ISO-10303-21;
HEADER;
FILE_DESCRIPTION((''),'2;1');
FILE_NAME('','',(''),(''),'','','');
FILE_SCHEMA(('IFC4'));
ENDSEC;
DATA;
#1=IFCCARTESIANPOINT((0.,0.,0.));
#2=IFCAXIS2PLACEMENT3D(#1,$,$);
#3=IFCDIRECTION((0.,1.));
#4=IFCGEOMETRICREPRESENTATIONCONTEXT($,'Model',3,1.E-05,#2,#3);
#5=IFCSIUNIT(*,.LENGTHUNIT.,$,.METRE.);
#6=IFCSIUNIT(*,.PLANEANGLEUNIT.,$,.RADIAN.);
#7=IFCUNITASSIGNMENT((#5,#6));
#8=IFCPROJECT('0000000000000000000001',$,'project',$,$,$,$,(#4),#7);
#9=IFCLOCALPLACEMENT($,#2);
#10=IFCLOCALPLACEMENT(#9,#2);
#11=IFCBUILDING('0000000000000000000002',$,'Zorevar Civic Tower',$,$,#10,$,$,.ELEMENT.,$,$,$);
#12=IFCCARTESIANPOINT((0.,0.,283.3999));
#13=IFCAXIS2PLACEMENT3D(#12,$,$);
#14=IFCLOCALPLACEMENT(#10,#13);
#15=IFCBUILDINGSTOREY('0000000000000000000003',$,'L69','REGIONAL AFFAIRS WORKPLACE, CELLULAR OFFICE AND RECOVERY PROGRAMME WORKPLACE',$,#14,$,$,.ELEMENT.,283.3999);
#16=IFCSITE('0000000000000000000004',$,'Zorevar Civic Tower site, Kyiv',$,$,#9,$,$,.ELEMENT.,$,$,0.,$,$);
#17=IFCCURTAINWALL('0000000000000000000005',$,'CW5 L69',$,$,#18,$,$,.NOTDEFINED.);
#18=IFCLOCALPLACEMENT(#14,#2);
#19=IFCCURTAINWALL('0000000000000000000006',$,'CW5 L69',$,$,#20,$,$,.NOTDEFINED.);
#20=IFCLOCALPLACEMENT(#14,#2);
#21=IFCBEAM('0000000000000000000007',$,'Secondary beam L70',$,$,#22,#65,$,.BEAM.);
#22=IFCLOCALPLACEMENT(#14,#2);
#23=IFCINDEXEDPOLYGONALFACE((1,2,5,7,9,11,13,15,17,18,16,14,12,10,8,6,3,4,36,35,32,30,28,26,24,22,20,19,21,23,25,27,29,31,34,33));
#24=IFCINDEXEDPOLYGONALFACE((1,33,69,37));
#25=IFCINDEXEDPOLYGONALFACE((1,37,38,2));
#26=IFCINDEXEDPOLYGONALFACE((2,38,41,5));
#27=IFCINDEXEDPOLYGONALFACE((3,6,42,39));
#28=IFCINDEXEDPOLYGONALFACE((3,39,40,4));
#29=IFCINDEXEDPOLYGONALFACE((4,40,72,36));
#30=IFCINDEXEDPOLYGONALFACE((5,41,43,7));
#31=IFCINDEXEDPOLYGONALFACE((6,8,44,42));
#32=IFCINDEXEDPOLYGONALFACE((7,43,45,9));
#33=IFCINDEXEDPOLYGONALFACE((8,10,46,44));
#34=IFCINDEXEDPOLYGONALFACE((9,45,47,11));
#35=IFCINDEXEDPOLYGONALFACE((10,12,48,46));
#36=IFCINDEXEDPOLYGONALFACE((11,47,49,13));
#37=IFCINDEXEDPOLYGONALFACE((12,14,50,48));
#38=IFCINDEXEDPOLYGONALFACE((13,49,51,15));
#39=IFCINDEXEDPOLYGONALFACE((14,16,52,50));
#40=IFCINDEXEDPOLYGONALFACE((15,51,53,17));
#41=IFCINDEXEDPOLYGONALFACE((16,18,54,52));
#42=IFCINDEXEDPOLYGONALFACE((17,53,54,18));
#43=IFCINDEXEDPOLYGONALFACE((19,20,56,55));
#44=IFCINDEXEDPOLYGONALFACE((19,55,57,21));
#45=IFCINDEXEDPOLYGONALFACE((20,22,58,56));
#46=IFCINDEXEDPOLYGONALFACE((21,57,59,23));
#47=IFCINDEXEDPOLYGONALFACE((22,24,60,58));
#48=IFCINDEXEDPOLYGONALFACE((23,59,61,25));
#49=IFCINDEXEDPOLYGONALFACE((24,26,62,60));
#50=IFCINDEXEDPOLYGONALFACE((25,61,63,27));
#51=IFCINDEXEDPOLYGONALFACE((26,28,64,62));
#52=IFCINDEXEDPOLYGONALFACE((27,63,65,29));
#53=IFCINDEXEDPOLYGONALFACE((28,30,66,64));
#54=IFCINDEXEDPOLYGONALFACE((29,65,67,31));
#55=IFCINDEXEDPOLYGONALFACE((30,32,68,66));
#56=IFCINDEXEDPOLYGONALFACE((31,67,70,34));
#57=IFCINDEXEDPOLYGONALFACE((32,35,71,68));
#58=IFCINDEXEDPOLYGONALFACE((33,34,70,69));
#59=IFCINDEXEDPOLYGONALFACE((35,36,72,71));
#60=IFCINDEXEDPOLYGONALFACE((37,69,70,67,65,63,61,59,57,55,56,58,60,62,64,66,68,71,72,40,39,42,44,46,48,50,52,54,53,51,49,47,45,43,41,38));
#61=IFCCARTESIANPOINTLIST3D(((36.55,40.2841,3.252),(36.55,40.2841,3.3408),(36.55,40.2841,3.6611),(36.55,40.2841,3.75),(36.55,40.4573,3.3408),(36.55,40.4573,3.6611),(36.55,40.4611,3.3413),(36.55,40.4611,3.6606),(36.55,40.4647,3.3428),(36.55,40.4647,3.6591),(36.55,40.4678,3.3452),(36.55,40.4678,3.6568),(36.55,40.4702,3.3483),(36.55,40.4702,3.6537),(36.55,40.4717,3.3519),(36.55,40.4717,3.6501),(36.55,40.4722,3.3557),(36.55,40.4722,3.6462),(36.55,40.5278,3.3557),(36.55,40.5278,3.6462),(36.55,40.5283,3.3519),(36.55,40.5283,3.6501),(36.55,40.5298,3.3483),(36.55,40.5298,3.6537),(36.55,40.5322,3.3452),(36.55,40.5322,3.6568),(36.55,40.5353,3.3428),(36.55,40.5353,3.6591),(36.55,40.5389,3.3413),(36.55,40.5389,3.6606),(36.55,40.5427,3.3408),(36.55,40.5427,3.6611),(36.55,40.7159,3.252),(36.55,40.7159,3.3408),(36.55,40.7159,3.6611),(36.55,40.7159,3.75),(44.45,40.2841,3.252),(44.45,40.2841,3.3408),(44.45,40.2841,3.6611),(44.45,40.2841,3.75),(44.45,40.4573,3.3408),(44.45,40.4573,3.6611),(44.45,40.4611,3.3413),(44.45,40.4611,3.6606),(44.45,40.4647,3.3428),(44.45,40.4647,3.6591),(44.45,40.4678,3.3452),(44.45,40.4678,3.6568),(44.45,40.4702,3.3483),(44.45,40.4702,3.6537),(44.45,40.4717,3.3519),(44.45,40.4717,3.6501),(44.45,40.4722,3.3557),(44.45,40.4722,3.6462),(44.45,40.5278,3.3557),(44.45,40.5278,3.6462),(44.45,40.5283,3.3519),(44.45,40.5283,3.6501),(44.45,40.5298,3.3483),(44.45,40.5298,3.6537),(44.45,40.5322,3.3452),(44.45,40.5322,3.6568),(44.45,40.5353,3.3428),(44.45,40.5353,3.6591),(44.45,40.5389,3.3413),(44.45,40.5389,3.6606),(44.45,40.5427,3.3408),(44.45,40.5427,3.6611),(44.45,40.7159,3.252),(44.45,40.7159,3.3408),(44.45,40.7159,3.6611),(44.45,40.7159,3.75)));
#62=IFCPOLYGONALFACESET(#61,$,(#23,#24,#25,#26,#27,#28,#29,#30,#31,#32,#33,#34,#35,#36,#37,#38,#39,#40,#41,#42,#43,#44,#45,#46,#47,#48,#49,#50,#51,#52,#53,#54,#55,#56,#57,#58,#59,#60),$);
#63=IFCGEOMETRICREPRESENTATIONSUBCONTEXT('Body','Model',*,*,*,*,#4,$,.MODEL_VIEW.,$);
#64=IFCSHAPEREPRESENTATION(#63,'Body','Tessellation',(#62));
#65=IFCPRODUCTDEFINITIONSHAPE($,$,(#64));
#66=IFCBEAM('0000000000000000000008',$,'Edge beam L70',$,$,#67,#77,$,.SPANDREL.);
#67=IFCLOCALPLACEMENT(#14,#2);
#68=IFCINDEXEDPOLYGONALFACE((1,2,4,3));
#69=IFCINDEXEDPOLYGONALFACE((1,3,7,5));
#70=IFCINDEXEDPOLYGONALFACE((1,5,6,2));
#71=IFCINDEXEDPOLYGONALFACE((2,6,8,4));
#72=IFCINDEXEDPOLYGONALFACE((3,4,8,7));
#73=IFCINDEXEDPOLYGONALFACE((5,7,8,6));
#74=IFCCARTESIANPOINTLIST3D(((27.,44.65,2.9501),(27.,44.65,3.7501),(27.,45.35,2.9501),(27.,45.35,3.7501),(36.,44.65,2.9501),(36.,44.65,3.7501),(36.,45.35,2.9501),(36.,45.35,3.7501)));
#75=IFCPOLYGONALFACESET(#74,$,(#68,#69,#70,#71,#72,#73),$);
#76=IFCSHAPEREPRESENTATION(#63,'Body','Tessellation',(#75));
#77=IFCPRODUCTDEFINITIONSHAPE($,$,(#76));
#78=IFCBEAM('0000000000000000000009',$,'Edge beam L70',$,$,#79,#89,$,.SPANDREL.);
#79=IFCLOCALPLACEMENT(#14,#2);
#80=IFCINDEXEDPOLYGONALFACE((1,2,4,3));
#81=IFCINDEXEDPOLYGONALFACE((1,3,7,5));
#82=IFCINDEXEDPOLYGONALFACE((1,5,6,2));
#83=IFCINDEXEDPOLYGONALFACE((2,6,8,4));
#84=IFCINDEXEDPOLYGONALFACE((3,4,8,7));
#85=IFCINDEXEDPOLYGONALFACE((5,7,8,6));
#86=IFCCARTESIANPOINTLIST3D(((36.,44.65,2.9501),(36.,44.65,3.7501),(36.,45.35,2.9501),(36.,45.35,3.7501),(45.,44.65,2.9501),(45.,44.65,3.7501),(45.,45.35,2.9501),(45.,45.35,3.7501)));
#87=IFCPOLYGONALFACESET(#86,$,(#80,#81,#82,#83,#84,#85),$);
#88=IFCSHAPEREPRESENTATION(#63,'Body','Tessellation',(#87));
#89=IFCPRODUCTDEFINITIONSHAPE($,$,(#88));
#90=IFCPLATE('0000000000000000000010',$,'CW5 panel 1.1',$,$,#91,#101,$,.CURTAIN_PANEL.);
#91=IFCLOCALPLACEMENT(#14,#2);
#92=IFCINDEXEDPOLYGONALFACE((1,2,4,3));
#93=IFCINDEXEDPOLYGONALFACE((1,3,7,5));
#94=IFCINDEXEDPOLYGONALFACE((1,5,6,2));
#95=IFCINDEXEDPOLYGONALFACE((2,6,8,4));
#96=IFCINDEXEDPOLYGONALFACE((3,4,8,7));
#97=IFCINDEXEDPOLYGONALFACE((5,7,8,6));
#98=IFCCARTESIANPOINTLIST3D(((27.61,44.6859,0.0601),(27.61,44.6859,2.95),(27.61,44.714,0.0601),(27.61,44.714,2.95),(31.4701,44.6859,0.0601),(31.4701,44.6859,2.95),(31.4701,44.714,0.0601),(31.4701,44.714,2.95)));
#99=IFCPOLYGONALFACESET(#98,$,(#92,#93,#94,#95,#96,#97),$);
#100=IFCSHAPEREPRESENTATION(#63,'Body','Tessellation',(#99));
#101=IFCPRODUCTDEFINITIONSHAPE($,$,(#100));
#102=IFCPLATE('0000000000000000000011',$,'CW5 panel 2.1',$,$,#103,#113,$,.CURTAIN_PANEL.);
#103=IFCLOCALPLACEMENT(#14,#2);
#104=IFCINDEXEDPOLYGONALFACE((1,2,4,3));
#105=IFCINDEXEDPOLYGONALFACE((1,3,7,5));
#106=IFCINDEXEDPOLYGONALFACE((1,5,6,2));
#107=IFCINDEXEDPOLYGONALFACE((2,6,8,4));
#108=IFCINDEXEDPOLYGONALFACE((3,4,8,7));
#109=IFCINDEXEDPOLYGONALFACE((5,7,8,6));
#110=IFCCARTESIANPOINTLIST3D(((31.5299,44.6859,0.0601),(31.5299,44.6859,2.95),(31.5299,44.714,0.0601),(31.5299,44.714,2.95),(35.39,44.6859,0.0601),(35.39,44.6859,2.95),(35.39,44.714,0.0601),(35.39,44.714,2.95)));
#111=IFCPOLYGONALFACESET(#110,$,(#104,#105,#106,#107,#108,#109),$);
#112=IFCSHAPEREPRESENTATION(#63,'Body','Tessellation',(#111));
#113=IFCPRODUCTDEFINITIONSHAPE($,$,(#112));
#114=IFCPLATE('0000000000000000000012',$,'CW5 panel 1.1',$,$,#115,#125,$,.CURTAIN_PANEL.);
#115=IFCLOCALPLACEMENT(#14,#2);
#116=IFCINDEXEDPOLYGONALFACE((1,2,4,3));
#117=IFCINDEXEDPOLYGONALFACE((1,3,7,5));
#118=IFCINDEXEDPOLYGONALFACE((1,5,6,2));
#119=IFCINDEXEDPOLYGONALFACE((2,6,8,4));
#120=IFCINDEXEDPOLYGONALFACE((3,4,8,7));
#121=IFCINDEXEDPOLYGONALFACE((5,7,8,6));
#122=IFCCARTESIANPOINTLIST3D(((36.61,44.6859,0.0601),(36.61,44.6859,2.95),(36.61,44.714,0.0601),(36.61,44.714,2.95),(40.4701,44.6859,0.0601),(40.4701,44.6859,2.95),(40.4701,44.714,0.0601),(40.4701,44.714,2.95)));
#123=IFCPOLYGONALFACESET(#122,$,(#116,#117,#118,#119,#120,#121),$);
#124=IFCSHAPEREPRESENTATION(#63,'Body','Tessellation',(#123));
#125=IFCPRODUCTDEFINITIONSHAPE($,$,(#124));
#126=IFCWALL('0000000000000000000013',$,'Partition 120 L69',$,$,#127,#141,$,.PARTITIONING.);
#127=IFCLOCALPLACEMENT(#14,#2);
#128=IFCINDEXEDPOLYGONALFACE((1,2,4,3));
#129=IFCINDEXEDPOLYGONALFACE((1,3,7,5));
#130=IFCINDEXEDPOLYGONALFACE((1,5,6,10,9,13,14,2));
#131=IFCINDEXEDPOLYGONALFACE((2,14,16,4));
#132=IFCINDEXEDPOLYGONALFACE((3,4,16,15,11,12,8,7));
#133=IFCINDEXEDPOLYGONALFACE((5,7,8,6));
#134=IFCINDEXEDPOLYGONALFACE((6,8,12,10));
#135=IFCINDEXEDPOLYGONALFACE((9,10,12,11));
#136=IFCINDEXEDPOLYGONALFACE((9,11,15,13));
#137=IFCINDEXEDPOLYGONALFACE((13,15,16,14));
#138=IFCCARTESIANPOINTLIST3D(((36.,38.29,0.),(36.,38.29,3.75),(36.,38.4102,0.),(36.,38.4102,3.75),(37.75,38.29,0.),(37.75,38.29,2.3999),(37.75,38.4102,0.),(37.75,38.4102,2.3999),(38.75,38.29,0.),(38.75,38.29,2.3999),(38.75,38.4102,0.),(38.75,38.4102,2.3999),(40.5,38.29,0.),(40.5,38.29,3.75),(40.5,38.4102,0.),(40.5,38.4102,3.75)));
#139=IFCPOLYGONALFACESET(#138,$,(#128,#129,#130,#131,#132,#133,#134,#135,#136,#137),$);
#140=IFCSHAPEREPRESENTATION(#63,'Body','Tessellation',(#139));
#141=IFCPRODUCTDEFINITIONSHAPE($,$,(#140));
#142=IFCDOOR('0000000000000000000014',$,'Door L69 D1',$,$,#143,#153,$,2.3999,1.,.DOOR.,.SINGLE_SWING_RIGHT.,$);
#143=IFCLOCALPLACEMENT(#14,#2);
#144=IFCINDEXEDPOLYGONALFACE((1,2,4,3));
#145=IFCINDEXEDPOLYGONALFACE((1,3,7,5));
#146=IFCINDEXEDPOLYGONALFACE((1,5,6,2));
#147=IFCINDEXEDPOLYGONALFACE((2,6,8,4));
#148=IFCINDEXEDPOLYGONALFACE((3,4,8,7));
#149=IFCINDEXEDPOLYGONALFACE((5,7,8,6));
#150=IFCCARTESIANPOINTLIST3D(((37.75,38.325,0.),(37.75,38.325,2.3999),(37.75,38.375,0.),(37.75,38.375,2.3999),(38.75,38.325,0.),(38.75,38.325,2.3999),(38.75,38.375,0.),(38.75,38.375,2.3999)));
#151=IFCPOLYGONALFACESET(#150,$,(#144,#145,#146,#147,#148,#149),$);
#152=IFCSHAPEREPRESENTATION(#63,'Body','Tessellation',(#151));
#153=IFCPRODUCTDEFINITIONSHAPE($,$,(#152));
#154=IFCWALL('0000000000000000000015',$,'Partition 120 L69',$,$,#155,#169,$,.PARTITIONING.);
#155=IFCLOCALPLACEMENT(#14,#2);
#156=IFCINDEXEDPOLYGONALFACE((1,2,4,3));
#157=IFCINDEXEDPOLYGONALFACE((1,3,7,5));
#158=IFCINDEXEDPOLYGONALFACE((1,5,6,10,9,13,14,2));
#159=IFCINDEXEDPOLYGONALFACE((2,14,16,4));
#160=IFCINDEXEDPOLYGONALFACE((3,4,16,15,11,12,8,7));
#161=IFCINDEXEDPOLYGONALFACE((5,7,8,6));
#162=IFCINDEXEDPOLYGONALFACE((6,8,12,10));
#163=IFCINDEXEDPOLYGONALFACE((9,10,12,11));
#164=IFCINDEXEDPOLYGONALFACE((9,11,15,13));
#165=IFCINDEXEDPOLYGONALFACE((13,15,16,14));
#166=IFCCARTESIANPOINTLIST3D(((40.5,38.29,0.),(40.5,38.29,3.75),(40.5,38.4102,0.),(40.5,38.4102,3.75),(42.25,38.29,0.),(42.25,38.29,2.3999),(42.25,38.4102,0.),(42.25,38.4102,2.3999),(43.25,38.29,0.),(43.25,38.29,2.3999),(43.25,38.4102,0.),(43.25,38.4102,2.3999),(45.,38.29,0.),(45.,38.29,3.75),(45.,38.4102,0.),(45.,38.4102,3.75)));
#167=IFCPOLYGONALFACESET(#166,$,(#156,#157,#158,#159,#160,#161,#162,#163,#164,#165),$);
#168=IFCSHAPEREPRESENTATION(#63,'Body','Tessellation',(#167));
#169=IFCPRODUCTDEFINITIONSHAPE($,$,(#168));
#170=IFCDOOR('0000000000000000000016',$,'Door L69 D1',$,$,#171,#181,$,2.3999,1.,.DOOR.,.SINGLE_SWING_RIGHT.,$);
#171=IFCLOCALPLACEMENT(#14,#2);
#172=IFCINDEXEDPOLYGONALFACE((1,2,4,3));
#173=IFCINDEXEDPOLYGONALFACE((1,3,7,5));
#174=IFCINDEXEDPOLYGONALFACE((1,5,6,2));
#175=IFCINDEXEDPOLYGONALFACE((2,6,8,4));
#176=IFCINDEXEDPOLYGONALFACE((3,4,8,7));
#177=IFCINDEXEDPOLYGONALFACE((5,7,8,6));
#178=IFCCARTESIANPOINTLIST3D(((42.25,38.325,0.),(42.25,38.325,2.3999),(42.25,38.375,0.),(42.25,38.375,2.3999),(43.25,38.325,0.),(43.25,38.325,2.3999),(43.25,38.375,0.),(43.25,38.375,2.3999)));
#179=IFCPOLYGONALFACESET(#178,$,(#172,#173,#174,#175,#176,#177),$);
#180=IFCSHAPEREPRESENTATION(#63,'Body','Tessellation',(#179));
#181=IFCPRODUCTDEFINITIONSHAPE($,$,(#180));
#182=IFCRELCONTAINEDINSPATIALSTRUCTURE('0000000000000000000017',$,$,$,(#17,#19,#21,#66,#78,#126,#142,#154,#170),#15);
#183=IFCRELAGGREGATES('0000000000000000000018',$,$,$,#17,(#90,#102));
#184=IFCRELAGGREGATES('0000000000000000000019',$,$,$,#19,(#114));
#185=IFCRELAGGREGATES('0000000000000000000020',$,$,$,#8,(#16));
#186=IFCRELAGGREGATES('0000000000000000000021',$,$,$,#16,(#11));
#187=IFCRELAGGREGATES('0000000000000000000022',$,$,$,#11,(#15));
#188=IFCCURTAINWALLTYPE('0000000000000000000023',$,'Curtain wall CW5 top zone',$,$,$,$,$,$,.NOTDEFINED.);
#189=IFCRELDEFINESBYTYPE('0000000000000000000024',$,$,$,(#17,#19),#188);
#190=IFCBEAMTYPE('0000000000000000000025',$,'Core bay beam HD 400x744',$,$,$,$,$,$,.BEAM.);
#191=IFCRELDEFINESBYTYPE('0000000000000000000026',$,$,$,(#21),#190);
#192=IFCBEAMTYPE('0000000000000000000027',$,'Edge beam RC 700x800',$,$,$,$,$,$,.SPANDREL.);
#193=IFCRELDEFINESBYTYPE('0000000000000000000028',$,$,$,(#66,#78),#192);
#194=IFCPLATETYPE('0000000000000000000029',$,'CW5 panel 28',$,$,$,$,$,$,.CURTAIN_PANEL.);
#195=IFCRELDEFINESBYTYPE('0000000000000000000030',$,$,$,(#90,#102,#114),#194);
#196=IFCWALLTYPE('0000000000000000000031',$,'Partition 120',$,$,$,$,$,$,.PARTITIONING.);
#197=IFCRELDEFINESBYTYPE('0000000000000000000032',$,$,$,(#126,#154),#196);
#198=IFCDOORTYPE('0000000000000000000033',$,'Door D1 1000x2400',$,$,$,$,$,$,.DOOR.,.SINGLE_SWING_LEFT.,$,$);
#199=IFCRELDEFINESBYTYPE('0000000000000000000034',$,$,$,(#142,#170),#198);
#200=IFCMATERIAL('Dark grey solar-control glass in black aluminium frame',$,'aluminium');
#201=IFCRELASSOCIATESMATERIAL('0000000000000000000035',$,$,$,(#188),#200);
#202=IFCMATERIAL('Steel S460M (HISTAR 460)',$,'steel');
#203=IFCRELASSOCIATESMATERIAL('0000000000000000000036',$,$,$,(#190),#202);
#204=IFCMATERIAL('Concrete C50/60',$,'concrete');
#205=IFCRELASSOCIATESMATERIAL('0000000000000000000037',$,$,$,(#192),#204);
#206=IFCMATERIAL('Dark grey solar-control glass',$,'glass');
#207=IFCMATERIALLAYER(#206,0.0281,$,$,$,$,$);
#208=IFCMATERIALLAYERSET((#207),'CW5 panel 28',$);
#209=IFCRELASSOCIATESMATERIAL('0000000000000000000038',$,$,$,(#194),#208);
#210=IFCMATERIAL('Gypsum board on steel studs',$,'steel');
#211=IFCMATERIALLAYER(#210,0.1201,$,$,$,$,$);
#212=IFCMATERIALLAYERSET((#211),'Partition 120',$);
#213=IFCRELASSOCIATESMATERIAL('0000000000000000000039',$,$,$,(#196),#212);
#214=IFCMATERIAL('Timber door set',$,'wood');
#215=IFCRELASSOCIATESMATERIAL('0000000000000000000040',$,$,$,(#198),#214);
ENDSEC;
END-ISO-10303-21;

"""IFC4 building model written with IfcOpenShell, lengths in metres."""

from ifc_helpers import new_model, si_unit, direction, frame, frame_2d, origin, origin_2d, place, context, subcontext, project, spatial, rectangle, i_section, extrude, material, layer, layer_set, material_profile, profile_set, type_object, element, fill, aggregate, save


model = new_model("IFC4")

# Units and contexts
model_context = context("Model", 3, precision=1e-05, world=origin(), true_north=direction((0.0, 1.0)))
body_context = subcontext(model_context, "Body", "Model", "MODEL_VIEW")
ifc_project = project(units=[si_unit("LENGTHUNIT", "METRE"), si_unit("PLANEANGLEUNIT", "RADIAN")], contexts=[model_context])

# Site, building, storey
site_placement = place(None, origin())
site = spatial("IfcSite", under=ifc_project, at=site_placement, Name="Zorevar Civic Tower site, Kyiv", CompositionType="ELEMENT", RefElevation=0.0)
building_placement = place(site_placement, origin())
building = spatial("IfcBuilding", under=site, at=building_placement, Name="Zorevar Civic Tower", CompositionType="ELEMENT")
storey_placement = place(building_placement, frame((0.0, 0.0, 283.3999)))
storey = spatial("IfcBuildingStorey", under=building, at=storey_placement, Name="L69", Description="REGIONAL AFFAIRS WORKPLACE, CELLULAR OFFICE AND RECOVERY PROGRAMME WORKPLACE", CompositionType="ELEMENT", Elevation=283.3999)

# Curtain walls
ifc_material_1 = material(Name="Dark grey solar-control glass in black aluminium frame", Category="aluminium")
curtain_wall_type = type_object("IfcCurtainWallType", Name="Curtain wall CW5 top zone", PredefinedType="NOTDEFINED", material=ifc_material_1)
curtain_wall_1_placement = place(storey_placement, origin())
curtain_wall_1 = element("IfcCurtainWall", 1, at=curtain_wall_1_placement, inside=storey, type_object=curtain_wall_type, Name="CW5 L69", PredefinedType="NOTDEFINED")
curtain_wall_2_placement = place(storey_placement, origin())
curtain_wall_2 = element("IfcCurtainWall", 2, at=curtain_wall_2_placement, inside=storey, type_object=curtain_wall_type, Name="CW5 L69", PredefinedType="NOTDEFINED")

# Beams
ifc_material_2 = material(Name="Steel S460M (HISTAR 460)", Category="steel")
ifc_material_profile_1 = material_profile(ifc_material_2, i_section(OverallWidth=0.4319, OverallDepth=0.498, WebThickness=0.0557, FlangeThickness=0.0889, FilletRadius=0.0149, at=origin_2d()), Name="HD 400x744")
ifc_profile_set_1 = profile_set([ifc_material_profile_1], Name="Steel S460M (HISTAR 460)")
beam_type_1 = type_object("IfcBeamType", Name="Core bay beam HD 400x744", PredefinedType="BEAM", material=ifc_profile_set_1)
for number, where, z_axis, x_axis, name in (
    (3, (36.55, 40.5, 3.501), (1.0, 0.0, 0.0), (0.0, 1.0, 0.0), "Secondary beam L70"),
):
    element("IfcBeam", number, at=place(storey_placement, frame(where, z_axis=z_axis, x_axis=x_axis)), inside=storey, type_object=beam_type_1, Name=name, PredefinedType="BEAM", context=body_context, shape_type="SweptSolid", body=[
        extrude(i_section(OverallWidth=0.4319, OverallDepth=0.498, WebThickness=0.0557, FlangeThickness=0.0889, FilletRadius=0.0149, at=origin_2d()), origin(), (0.0, 0.0, 1.0), 7.8999),
    ])
ifc_material_3 = material(Name="Concrete C50/60", Category="concrete")
ifc_material_profile_2 = material_profile(ifc_material_3, rectangle(XDim=0.7, YDim=0.8, at=origin_2d()), Name="RC 700x800")
ifc_profile_set_2 = profile_set([ifc_material_profile_2], Name="Concrete C50/60")
beam_type_2 = type_object("IfcBeamType", Name="Edge beam RC 700x800", PredefinedType="SPANDREL", material=ifc_profile_set_2)
for number, where, z_axis, x_axis, name in (
    (4, (27.0, 45.0, 3.3501), (1.0, 0.0, 0.0), (0.0, 1.0, 0.0), "Edge beam L70"),
    (5, (36.0, 45.0, 3.3501), (1.0, 0.0, 0.0), (0.0, 1.0, 0.0), "Edge beam L70"),
):
    element("IfcBeam", number, at=place(storey_placement, frame(where, z_axis=z_axis, x_axis=x_axis)), inside=storey, type_object=beam_type_2, Name=name, PredefinedType="SPANDREL", context=body_context, shape_type="SweptSolid", body=[
        extrude(rectangle(XDim=0.7, YDim=0.8, at=origin_2d()), origin(), (0.0, 0.0, 1.0), 9.0),
    ])

# Plates
ifc_material_4 = material(Name="Dark grey solar-control glass", Category="glass")
ifc_layer_1 = layer(ifc_material_4, 0.0281)
ifc_layer_set_1 = layer_set([ifc_layer_1], Name="CW5 panel 28")
plate_type = type_object("IfcPlateType", Name="CW5 panel 28", PredefinedType="CURTAIN_PANEL", material=ifc_layer_set_1)
plate_1_placement = place(storey_placement, frame((29.54, 44.7, 0.0601), z_axis=(0.0, 0.0, 1.0), x_axis=(1.0, 0.0, 0.0)))
plate_1 = element("IfcPlate", 6, at=plate_1_placement, type_object=plate_type, Name="CW5 panel 1.1", PredefinedType="CURTAIN_PANEL", context=body_context, shape_type="SweptSolid", body=[
    extrude(rectangle(XDim=3.8601, YDim=0.0281, at=origin_2d()), origin(), (0.0, 0.0, 1.0), 2.8899),
])
plate_2_placement = place(storey_placement, frame((33.46, 44.7, 0.0601), z_axis=(0.0, 0.0, 1.0), x_axis=(1.0, 0.0, 0.0)))
plate_2 = element("IfcPlate", 7, at=plate_2_placement, type_object=plate_type, Name="CW5 panel 2.1", PredefinedType="CURTAIN_PANEL", context=body_context, shape_type="SweptSolid", body=[
    extrude(rectangle(XDim=3.8601, YDim=0.0281, at=origin_2d()), origin(), (0.0, 0.0, 1.0), 2.8899),
])
aggregate(curtain_wall_1, [plate_1, plate_2])
plate_3_placement = place(storey_placement, frame((38.54, 44.7, 0.0601), z_axis=(0.0, 0.0, 1.0), x_axis=(1.0, 0.0, 0.0)))
plate_3 = element("IfcPlate", 8, at=plate_3_placement, type_object=plate_type, Name="CW5 panel 1.1", PredefinedType="CURTAIN_PANEL", context=body_context, shape_type="SweptSolid", body=[
    extrude(rectangle(XDim=3.8601, YDim=0.0281, at=origin_2d()), origin(), (0.0, 0.0, 1.0), 2.8899),
])
aggregate(curtain_wall_2, [plate_3])

# Walls, openings, doors
ifc_material_5 = material(Name="Gypsum board on steel studs", Category="steel")
ifc_layer_2 = layer(ifc_material_5, 0.1201)
ifc_layer_set_2 = layer_set([ifc_layer_2], Name="Partition 120")
wall_type = type_object("IfcWallType", Name="Partition 120", PredefinedType="PARTITIONING", material=ifc_layer_set_2)
wall_1_placement = place(storey_placement, frame((36.0, 38.3501, 0.0), z_axis=(0.0, 0.0, 1.0), x_axis=(1.0, 0.0, 0.0)))
wall_1 = element("IfcWall", 9, at=wall_1_placement, inside=storey, type_object=wall_type, Name="Partition 120 L69", PredefinedType="PARTITIONING", context=body_context, shape_type="SweptSolid", body=[
    extrude(rectangle(XDim=4.5, YDim=0.1201, at=frame_2d((2.25, 0.0))), origin(), (0.0, 0.0, 1.0), 3.75),
])
opening_1_placement = place(wall_1_placement, frame((1.75, 0.0, 0.0)))
opening_1 = element("IfcOpeningElement", 10, at=opening_1_placement, cuts=wall_1, PredefinedType="OPENING", context=body_context, shape_type="SweptSolid", body=[
    extrude(rectangle(XDim=1.0, YDim=2.3999, at=frame_2d((0.5, 1.2))), frame((0.0, 0.0701, 0.0), z_axis=(0.0, -1.0, 0.0), x_axis=(1.0, 0.0, 0.0)), (0.0, 0.0, 1.0), 0.1401),
])
ifc_material_6 = material(Name="Timber door set", Category="wood")
door_type = type_object("IfcDoorType", Name="Door D1 1000x2400", OperationType="SINGLE_SWING_LEFT", PredefinedType="DOOR", material=ifc_material_6)
door_1_placement = place(opening_1_placement, origin())
door_1 = element("IfcDoor", 11, at=door_1_placement, inside=storey, type_object=door_type, Name="Door L69 D1", OperationType="SINGLE_SWING_RIGHT", OverallHeight=2.3999, OverallWidth=1.0, PredefinedType="DOOR", context=body_context, shape_type="SweptSolid", body=[
    extrude(rectangle(XDim=1.0, YDim=2.3999, at=frame_2d((0.5, 1.2))), frame((0.0, 0.0249, 0.0), z_axis=(0.0, -1.0, 0.0), x_axis=(1.0, 0.0, 0.0)), (0.0, 0.0, 1.0), 0.05),
])
fill(opening_1, door_1)
wall_2_placement = place(storey_placement, frame((40.5, 38.3501, 0.0), z_axis=(0.0, 0.0, 1.0), x_axis=(1.0, 0.0, 0.0)))
wall_2 = element("IfcWall", 12, at=wall_2_placement, inside=storey, type_object=wall_type, Name="Partition 120 L69", PredefinedType="PARTITIONING", context=body_context, shape_type="SweptSolid", body=[
    extrude(rectangle(XDim=4.5, YDim=0.1201, at=frame_2d((2.25, 0.0))), origin(), (0.0, 0.0, 1.0), 3.75),
])
opening_2_placement = place(wall_2_placement, frame((1.75, 0.0, 0.0)))
opening_2 = element("IfcOpeningElement", 13, at=opening_2_placement, cuts=wall_2, PredefinedType="OPENING", context=body_context, shape_type="SweptSolid", body=[
    extrude(rectangle(XDim=1.0, YDim=2.3999, at=frame_2d((0.5, 1.2))), frame((0.0, 0.0701, 0.0), z_axis=(0.0, -1.0, 0.0), x_axis=(1.0, 0.0, 0.0)), (0.0, 0.0, 1.0), 0.1401),
])
door_2_placement = place(opening_2_placement, origin())
door_2 = element("IfcDoor", 14, at=door_2_placement, inside=storey, type_object=door_type, Name="Door L69 D1", OperationType="SINGLE_SWING_RIGHT", OverallHeight=2.3999, OverallWidth=1.0, PredefinedType="DOOR", context=body_context, shape_type="SweptSolid", body=[
    extrude(rectangle(XDim=1.0, YDim=2.3999, at=frame_2d((0.5, 1.2))), frame((0.0, 0.0249, 0.0), z_axis=(0.0, -1.0, 0.0), x_axis=(1.0, 0.0, 0.0)), (0.0, 0.0, 1.0), 0.05),
])
fill(opening_2, door_2)

save(model, "model.ifc")
